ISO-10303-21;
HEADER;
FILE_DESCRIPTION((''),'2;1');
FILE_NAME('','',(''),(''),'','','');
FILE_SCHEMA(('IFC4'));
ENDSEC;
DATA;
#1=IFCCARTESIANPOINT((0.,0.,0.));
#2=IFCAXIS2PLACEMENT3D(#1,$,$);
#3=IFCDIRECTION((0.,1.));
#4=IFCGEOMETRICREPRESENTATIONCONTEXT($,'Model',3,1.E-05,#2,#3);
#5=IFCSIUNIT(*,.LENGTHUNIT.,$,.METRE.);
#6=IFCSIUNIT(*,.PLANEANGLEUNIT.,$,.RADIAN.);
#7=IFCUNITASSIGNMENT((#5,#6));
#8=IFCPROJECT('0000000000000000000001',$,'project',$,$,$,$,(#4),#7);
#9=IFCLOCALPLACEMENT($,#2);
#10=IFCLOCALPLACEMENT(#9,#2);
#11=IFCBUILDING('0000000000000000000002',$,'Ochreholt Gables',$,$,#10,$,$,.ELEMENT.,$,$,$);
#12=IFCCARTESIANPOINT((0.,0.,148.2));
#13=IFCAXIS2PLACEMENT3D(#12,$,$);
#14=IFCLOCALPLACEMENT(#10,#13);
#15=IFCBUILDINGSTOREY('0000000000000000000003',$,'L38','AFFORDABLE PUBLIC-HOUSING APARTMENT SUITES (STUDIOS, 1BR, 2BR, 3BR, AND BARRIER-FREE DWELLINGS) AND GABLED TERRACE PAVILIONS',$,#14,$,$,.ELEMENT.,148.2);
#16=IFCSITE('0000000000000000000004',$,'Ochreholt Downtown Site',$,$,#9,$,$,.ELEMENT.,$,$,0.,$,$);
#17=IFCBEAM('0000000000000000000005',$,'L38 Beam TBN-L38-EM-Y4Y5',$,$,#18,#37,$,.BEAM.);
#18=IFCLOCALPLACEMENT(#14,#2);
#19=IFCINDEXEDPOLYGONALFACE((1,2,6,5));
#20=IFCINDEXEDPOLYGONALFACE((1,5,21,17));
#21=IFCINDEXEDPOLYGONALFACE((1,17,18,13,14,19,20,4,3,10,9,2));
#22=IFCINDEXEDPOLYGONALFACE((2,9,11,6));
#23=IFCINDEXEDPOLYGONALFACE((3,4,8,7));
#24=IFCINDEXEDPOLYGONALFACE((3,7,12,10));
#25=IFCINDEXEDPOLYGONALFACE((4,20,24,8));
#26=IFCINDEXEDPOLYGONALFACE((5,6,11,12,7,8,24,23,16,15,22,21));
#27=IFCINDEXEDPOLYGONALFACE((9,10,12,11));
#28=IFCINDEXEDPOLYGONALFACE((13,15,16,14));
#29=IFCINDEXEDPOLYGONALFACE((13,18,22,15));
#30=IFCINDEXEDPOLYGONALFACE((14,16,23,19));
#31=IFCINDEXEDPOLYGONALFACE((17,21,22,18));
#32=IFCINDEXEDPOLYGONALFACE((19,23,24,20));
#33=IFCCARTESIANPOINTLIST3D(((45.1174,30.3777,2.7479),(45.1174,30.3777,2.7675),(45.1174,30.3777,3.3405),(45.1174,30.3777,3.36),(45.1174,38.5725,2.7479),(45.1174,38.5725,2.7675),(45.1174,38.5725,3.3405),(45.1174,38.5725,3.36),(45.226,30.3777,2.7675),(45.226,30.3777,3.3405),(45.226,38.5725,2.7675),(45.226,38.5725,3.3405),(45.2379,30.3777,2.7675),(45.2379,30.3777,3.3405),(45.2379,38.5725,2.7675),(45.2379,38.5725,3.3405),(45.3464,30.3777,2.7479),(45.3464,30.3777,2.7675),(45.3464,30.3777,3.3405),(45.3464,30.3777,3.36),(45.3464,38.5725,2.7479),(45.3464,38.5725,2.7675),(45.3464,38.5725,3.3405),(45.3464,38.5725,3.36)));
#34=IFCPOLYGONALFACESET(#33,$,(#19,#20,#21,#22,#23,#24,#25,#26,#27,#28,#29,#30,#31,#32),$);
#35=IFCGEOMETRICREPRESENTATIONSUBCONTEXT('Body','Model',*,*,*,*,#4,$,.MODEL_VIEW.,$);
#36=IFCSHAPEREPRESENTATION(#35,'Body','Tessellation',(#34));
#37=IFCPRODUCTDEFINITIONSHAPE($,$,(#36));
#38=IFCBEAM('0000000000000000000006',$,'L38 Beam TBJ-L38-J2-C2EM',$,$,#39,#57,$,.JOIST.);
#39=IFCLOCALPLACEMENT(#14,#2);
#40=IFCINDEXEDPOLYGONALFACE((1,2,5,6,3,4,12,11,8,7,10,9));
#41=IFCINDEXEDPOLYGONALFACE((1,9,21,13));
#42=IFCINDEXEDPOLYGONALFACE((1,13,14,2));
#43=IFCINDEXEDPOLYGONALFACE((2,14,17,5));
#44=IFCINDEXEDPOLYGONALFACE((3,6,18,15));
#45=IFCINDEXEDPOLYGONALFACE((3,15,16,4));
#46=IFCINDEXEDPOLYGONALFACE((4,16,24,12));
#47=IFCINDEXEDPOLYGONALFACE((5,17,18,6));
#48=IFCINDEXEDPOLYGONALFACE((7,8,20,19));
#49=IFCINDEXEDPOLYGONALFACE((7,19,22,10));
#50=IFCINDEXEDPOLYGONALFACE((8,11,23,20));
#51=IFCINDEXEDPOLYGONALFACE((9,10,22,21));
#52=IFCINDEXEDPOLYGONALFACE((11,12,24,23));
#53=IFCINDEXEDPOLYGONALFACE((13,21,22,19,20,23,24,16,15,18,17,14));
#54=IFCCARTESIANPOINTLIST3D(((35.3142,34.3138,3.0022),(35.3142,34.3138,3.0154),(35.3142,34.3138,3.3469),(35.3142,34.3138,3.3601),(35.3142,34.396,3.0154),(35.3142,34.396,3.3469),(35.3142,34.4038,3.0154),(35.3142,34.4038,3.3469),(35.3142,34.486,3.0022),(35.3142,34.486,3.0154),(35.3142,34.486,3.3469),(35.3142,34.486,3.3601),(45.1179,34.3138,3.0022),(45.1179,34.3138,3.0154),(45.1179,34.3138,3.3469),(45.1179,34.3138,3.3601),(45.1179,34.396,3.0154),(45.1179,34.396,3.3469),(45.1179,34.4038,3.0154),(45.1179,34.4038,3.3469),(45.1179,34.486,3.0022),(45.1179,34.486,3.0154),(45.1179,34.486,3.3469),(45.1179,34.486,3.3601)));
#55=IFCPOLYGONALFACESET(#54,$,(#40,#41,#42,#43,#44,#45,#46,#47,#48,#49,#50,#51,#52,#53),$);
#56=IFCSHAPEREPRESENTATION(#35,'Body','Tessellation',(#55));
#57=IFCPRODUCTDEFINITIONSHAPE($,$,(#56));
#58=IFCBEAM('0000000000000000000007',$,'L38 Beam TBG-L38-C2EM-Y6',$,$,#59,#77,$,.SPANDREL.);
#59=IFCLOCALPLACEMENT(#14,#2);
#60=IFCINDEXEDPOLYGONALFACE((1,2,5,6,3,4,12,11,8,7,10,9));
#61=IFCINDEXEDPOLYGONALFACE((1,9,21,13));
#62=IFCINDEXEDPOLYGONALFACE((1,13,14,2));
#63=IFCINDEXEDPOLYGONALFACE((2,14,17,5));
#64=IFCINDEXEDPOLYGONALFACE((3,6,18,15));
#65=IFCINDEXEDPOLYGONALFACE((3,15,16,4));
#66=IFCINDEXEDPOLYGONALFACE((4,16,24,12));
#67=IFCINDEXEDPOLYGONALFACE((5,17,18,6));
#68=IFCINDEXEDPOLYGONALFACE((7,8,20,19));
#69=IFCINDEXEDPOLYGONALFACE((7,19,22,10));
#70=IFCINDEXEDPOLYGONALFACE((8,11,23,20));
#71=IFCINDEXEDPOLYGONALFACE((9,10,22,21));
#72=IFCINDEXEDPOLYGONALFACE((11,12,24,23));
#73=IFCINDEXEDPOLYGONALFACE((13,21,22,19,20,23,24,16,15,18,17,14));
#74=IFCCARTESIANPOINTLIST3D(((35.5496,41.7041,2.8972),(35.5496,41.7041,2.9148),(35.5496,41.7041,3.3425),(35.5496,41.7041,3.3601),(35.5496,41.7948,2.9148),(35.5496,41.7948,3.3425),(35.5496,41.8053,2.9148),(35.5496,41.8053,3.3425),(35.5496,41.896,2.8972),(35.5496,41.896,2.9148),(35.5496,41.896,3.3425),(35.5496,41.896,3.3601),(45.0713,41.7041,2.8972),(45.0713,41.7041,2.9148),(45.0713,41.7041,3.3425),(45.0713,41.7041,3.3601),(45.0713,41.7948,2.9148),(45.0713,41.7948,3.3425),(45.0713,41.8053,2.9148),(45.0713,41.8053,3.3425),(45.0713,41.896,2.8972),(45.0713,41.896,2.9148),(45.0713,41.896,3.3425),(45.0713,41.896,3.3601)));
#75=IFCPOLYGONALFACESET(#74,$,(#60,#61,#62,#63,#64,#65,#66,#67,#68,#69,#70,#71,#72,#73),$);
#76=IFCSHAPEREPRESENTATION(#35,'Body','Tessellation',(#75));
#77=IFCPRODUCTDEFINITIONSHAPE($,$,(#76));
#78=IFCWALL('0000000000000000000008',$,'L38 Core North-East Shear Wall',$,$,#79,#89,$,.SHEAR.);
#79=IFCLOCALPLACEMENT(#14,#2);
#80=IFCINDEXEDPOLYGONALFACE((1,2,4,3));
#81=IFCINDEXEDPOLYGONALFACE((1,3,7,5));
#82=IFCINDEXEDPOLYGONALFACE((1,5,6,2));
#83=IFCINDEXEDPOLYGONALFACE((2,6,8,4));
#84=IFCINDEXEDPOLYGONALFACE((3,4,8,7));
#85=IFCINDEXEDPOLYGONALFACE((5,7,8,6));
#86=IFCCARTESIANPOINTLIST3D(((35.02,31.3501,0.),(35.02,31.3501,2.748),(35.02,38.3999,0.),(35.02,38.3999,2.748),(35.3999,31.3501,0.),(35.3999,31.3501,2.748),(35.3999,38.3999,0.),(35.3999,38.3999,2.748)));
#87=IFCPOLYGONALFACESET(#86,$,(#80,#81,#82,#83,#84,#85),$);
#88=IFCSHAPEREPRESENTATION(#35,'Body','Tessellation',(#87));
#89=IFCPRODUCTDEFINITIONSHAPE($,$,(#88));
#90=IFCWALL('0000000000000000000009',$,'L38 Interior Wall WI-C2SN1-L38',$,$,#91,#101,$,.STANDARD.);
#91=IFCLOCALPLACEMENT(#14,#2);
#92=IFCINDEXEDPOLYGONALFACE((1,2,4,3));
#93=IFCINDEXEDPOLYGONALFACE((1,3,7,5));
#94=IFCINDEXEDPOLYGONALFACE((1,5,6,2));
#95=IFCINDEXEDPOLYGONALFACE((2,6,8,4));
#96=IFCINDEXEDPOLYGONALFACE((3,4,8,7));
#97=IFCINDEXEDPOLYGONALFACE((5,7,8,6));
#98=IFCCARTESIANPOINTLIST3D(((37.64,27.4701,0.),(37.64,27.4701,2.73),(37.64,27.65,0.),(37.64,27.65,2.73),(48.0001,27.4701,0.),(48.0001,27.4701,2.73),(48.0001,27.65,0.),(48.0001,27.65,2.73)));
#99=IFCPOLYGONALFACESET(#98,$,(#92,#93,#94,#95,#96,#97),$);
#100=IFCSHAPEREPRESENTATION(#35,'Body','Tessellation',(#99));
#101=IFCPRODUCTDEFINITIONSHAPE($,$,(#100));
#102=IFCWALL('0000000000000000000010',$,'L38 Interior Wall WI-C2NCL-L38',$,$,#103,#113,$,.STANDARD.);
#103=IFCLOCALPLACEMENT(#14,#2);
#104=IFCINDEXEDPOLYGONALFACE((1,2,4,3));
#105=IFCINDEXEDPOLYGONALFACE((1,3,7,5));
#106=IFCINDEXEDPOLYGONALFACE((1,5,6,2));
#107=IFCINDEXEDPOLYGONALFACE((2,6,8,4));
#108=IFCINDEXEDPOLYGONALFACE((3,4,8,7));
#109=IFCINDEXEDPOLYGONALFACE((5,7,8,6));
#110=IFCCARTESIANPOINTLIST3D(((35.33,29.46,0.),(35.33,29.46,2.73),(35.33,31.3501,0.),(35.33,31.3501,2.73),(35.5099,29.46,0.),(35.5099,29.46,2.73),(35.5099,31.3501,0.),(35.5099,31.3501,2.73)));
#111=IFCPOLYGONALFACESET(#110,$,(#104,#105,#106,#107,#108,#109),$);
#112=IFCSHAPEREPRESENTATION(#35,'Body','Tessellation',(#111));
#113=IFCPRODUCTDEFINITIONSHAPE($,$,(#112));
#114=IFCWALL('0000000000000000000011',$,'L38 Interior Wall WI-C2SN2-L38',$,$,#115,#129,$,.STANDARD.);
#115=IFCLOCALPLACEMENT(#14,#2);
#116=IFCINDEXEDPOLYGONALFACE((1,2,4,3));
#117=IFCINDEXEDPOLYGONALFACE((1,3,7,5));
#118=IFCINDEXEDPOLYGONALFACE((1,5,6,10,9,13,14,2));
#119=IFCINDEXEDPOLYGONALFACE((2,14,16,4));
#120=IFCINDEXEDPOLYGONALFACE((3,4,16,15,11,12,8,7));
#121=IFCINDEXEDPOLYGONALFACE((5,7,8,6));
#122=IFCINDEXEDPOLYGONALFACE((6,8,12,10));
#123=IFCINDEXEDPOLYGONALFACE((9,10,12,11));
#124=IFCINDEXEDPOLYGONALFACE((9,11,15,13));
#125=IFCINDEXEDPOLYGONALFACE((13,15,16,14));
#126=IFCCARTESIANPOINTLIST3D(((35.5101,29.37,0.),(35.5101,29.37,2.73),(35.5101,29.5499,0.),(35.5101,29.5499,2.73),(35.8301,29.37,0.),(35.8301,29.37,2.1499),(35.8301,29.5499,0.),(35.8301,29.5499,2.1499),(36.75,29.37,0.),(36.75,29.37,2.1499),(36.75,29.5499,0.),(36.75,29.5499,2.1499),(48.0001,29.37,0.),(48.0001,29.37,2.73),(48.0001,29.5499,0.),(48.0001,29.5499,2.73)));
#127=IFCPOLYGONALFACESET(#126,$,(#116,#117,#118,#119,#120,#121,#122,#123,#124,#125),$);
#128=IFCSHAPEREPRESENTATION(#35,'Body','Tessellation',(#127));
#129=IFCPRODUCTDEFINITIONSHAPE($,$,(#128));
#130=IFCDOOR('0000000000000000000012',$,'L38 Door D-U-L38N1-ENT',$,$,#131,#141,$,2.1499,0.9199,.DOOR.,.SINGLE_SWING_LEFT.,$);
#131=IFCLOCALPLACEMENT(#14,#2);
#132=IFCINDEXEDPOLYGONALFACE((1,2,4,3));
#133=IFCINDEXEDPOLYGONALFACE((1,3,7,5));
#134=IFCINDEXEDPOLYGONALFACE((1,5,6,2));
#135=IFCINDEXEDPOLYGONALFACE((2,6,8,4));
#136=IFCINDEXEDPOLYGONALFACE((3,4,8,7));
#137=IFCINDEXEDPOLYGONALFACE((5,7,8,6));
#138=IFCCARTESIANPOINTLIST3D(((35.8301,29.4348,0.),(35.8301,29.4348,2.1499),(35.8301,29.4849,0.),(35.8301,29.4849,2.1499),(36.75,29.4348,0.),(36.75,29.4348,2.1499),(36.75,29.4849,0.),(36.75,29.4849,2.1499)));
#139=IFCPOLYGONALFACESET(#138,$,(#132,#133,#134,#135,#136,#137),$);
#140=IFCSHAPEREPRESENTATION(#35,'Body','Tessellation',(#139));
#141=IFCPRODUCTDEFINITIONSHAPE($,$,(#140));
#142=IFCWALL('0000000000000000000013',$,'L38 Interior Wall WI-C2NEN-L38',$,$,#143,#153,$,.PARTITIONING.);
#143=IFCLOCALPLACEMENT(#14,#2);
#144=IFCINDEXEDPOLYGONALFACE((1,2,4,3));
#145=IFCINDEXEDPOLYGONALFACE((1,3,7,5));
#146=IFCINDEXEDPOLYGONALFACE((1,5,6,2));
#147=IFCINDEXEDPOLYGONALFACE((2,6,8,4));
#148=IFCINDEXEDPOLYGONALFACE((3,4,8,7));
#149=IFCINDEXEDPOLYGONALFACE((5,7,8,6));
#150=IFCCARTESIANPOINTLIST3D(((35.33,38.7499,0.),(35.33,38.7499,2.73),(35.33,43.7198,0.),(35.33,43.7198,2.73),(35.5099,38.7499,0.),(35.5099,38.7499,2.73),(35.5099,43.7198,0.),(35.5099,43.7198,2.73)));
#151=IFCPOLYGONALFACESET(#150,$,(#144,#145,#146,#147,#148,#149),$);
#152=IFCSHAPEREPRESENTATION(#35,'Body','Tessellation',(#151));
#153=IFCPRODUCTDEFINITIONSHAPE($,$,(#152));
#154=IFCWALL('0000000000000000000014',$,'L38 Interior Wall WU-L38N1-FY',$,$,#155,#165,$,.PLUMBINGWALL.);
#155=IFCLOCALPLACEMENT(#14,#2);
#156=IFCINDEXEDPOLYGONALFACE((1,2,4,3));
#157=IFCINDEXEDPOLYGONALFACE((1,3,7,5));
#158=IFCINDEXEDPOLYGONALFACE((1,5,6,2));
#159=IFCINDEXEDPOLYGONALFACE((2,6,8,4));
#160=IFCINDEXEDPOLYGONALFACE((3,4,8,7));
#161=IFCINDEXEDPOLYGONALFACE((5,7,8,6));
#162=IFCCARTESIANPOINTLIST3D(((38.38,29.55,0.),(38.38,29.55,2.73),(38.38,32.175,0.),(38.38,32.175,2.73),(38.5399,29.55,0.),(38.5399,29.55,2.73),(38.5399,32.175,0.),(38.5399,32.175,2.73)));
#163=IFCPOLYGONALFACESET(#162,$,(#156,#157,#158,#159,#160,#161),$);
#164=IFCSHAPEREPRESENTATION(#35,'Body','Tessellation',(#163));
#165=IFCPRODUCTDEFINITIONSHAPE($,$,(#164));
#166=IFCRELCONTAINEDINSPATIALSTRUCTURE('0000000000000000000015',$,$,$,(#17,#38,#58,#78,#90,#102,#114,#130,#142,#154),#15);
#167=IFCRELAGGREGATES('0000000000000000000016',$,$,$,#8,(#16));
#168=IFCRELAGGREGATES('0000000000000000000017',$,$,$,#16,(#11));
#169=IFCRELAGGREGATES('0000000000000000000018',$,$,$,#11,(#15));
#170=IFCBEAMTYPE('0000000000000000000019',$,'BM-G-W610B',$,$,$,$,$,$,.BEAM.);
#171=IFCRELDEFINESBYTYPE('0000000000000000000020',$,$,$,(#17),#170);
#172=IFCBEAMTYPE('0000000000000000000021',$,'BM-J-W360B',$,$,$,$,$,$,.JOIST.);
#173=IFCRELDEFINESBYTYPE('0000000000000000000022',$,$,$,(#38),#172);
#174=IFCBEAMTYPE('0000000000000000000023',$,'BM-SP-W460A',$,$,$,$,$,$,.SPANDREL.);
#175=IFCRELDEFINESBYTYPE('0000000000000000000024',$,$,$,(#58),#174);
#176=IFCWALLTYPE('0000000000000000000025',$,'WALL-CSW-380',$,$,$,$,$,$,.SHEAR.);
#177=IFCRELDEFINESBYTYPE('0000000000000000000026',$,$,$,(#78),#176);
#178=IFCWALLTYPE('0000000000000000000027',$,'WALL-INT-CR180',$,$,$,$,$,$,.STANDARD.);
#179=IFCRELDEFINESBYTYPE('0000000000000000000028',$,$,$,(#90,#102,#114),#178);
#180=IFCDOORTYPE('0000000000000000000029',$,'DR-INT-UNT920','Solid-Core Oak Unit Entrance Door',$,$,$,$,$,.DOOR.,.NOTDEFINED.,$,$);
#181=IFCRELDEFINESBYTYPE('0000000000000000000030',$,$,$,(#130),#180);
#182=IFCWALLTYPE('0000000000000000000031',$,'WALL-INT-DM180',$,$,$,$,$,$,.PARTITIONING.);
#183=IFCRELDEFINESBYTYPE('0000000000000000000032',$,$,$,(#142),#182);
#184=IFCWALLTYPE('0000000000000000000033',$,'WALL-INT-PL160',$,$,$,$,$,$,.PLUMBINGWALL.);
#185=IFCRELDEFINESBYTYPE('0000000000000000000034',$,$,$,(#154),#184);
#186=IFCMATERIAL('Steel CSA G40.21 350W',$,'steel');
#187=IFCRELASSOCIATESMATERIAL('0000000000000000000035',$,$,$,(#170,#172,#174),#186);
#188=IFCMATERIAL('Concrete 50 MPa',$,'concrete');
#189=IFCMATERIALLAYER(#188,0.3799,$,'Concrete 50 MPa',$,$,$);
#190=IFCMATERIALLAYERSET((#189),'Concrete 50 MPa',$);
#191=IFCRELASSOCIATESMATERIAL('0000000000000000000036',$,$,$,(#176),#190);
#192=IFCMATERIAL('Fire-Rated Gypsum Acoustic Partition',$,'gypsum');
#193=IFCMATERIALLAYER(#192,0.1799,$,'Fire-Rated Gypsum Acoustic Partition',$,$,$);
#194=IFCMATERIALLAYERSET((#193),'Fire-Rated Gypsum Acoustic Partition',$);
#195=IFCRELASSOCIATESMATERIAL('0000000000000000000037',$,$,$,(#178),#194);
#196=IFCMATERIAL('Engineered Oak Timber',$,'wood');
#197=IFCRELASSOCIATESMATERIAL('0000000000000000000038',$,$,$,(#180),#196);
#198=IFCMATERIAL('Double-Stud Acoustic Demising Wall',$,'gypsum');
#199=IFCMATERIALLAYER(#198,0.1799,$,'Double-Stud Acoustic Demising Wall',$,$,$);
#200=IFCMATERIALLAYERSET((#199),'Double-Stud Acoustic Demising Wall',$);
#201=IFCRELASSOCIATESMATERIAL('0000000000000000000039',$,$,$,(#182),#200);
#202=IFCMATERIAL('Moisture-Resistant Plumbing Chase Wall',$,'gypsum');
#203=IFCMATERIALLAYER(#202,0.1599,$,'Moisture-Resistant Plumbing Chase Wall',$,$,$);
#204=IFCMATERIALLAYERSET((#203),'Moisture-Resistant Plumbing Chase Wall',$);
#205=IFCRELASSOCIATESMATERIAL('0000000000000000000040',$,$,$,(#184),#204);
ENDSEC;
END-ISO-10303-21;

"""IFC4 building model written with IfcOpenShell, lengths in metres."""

from ifc_helpers import new_model, si_unit, direction, frame, frame_2d, origin, origin_2d, place, context, subcontext, project, spatial, rectangle, i_section, extrude, material, layer, layer_set, material_profile, profile_set, type_object, element, fill, save


model = new_model("IFC4")

# Units and contexts
model_context = context("Model", 3, precision=1e-05, world=origin(), true_north=direction((0.0, 1.0)))
body_context = subcontext(model_context, "Body", "Model", "MODEL_VIEW")
ifc_project = project(units=[si_unit("LENGTHUNIT", "METRE"), si_unit("PLANEANGLEUNIT", "RADIAN")], contexts=[model_context])

# Site, building, storey
site_placement = place(None, origin())
site = spatial("IfcSite", under=ifc_project, at=site_placement, Name="Ochreholt Downtown Site", CompositionType="ELEMENT", RefElevation=0.0)
building_placement = place(site_placement, origin())
building = spatial("IfcBuilding", under=site, at=building_placement, Name="Ochreholt Gables", CompositionType="ELEMENT")
storey_placement = place(building_placement, frame((0.0, 0.0, 148.2)))
storey = spatial("IfcBuildingStorey", under=building, at=storey_placement, Name="L38", Description="AFFORDABLE PUBLIC-HOUSING APARTMENT SUITES (STUDIOS, 1BR, 2BR, 3BR, AND BARRIER-FREE DWELLINGS) AND GABLED TERRACE PAVILIONS", CompositionType="ELEMENT", Elevation=148.2)

# Shared definitions
ifc_material_1 = material(Name="Steel CSA G40.21 350W", Category="steel")
ifc_material_2 = material(Name="Concrete 50 MPa", Category="concrete")

# Beams
ifc_material_profile_1 = material_profile(ifc_material_1, i_section(OverallWidth=0.229, OverallDepth=0.6121, WebThickness=0.012, FlangeThickness=0.0195, at=origin_2d()), Name="W610X125")
ifc_profile_set_1 = profile_set([ifc_material_profile_1], Name="Steel CSA G40.21 350W")
beam_type_1 = type_object("IfcBeamType", Name="BM-G-W610B", PredefinedType="BEAM", material=ifc_profile_set_1)
beam_1_placement = place(storey_placement, frame((45.2319, 30.3777, 3.054), z_axis=(0.0, 1.0, 0.0), x_axis=(-1.0, 0.0, 0.0)))
element("IfcBeam", 1, at=beam_1_placement, inside=storey, type_object=beam_type_1, Name="L38 Beam TBN-L38-EM-Y4Y5", PredefinedType="BEAM", context=body_context, shape_type="SweptSolid", body=[
    extrude(i_section(OverallWidth=0.229, OverallDepth=0.6121, WebThickness=0.012, FlangeThickness=0.0195, at=origin_2d()), origin(), (0.0, 0.0, 1.0), 8.1948),
])
ifc_material_profile_2 = material_profile(ifc_material_1, i_section(OverallWidth=0.1721, OverallDepth=0.3579, WebThickness=0.0078, FlangeThickness=0.0132, at=origin_2d()), Name="W360X57")
ifc_profile_set_2 = profile_set([ifc_material_profile_2], Name="Steel CSA G40.21 350W")
beam_type_2 = type_object("IfcBeamType", Name="BM-J-W360B", PredefinedType="JOIST", material=ifc_profile_set_2)
beam_2_placement = place(storey_placement, frame((35.3142, 34.3999, 3.1812), z_axis=(1.0, 0.0, 0.0), x_axis=(0.0, 1.0, 0.0)))
element("IfcBeam", 2, at=beam_2_placement, inside=storey, type_object=beam_type_2, Name="L38 Beam TBJ-L38-J2-C2EM", PredefinedType="JOIST", context=body_context, shape_type="SweptSolid", body=[
    extrude(i_section(OverallWidth=0.1721, OverallDepth=0.3579, WebThickness=0.0078, FlangeThickness=0.0132, at=origin_2d()), origin(), (0.0, 0.0, 1.0), 9.8037),
])
ifc_material_profile_3 = material_profile(ifc_material_1, i_section(OverallWidth=0.1919, OverallDepth=0.4629, WebThickness=0.0105, FlangeThickness=0.0176, at=origin_2d()), Name="W460X89")
ifc_profile_set_3 = profile_set([ifc_material_profile_3], Name="Steel CSA G40.21 350W")
beam_type_3 = type_object("IfcBeamType", Name="BM-SP-W460A", PredefinedType="SPANDREL", material=ifc_profile_set_3)
beam_3_placement = place(storey_placement, frame((35.5496, 41.8, 3.1287), z_axis=(1.0, 0.0, 0.0), x_axis=(0.0, 1.0, 0.0)))
element("IfcBeam", 3, at=beam_3_placement, inside=storey, type_object=beam_type_3, Name="L38 Beam TBG-L38-C2EM-Y6", PredefinedType="SPANDREL", context=body_context, shape_type="SweptSolid", body=[
    extrude(i_section(OverallWidth=0.1919, OverallDepth=0.4629, WebThickness=0.0105, FlangeThickness=0.0176, at=origin_2d()), origin(), (0.0, 0.0, 1.0), 9.5217),
])

# Walls
ifc_layer_1 = layer(ifc_material_2, 0.3799, Name="Concrete 50 MPa")
ifc_layer_set_1 = layer_set([ifc_layer_1], Name="Concrete 50 MPa")
wall_type_1 = type_object("IfcWallType", Name="WALL-CSW-380", PredefinedType="SHEAR", material=ifc_layer_set_1)
wall_1_placement = place(storey_placement, frame((35.21, 31.3501, 0.0), z_axis=(0.0, 0.0, 1.0), x_axis=(0.0, 1.0, 0.0)))
element("IfcWall", 4, at=wall_1_placement, inside=storey, type_object=wall_type_1, Name="L38 Core North-East Shear Wall", PredefinedType="SHEAR", context=body_context, shape_type="SweptSolid", body=[
    extrude(rectangle(XDim=7.0498, YDim=0.3799, at=frame_2d((3.5249, 0.0))), origin(), (0.0, 0.0, 1.0), 2.748),
])
ifc_material_3 = material(Name="Fire-Rated Gypsum Acoustic Partition", Category="gypsum")
ifc_layer_2 = layer(ifc_material_3, 0.1799, Name="Fire-Rated Gypsum Acoustic Partition")
ifc_layer_set_2 = layer_set([ifc_layer_2], Name="Fire-Rated Gypsum Acoustic Partition")
wall_type_2 = type_object("IfcWallType", Name="WALL-INT-CR180", PredefinedType="STANDARD", material=ifc_layer_set_2)
wall_2_placement = place(storey_placement, frame((37.6399, 27.5601, 0.0), z_axis=(0.0, 0.0, 1.0), x_axis=(1.0, 0.0, 0.0)))
element("IfcWall", 5, at=wall_2_placement, inside=storey, type_object=wall_type_2, Name="L38 Interior Wall WI-C2SN1-L38", PredefinedType="STANDARD", context=body_context, shape_type="SweptSolid", body=[
    extrude(rectangle(XDim=10.3601, YDim=0.1799, at=frame_2d((5.1802, 0.0))), origin(), (0.0, 0.0, 1.0), 2.73),
])
wall_3_placement = place(storey_placement, frame((35.4199, 29.46, 0.0), z_axis=(0.0, 0.0, 1.0), x_axis=(0.0, 1.0, 0.0)))
element("IfcWall", 6, at=wall_3_placement, inside=storey, type_object=wall_type_2, Name="L38 Interior Wall WI-C2NCL-L38", PredefinedType="STANDARD", context=body_context, shape_type="SweptSolid", body=[
    extrude(rectangle(XDim=1.8901, YDim=0.1799, at=frame_2d((0.9451, 0.0))), origin(), (0.0, 0.0, 1.0), 2.73),
])

# Wall, opening, door
wall_4_placement = place(storey_placement, frame((35.51, 29.46, 0.0), z_axis=(0.0, 0.0, 1.0), x_axis=(1.0, 0.0, 0.0)))
wall_4 = element("IfcWall", 7, at=wall_4_placement, inside=storey, type_object=wall_type_2, Name="L38 Interior Wall WI-C2SN2-L38", PredefinedType="STANDARD", context=body_context, shape_type="SweptSolid", body=[
    extrude(rectangle(XDim=12.49, YDim=0.1799, at=frame_2d((6.2451, 0.0))), origin(), (0.0, 0.0, 1.0), 2.73),
])
opening_1_placement = place(wall_4_placement, frame((0.3201, 0.0, 0.0)))
opening_1 = element("IfcOpeningElement", 8, at=opening_1_placement, cuts=wall_4, PredefinedType="OPENING", context=body_context, shape_type="SweptSolid", body=[
    extrude(rectangle(XDim=0.9199, YDim=2.1499, at=frame_2d((0.46, 1.075))), frame((0.0, 0.0999, 0.0), z_axis=(0.0, -1.0, 0.0), x_axis=(1.0, 0.0, 0.0)), (0.0, 0.0, 1.0), 0.2),
])
ifc_material_4 = material(Name="Engineered Oak Timber", Category="wood")
door_type_1 = type_object("IfcDoorType", Name="DR-INT-UNT920", Description="Solid-Core Oak Unit Entrance Door", OperationType="NOTDEFINED", PredefinedType="DOOR", material=ifc_material_4)
door_1_placement = place(opening_1_placement, origin())
door_1 = element("IfcDoor", 9, at=door_1_placement, inside=storey, type_object=door_type_1, Name="L38 Door D-U-L38N1-ENT", OperationType="SINGLE_SWING_LEFT", OverallHeight=2.1499, OverallWidth=0.9199, PredefinedType="DOOR", context=body_context, shape_type="SweptSolid", body=[
    extrude(rectangle(XDim=0.9199, YDim=2.1499, at=frame_2d((0.46, 1.075))), frame((0.0, 0.0249, 0.0), z_axis=(0.0, -1.0, 0.0), x_axis=(1.0, 0.0, 0.0)), (0.0, 0.0, 1.0), 0.05),
])
fill(opening_1, door_1)

# Wall
ifc_material_5 = material(Name="Double-Stud Acoustic Demising Wall", Category="gypsum")
ifc_layer_3 = layer(ifc_material_5, 0.1799, Name="Double-Stud Acoustic Demising Wall")
ifc_layer_set_3 = layer_set([ifc_layer_3], Name="Double-Stud Acoustic Demising Wall")
wall_type_3 = type_object("IfcWallType", Name="WALL-INT-DM180", PredefinedType="PARTITIONING", material=ifc_layer_set_3)
wall_5_placement = place(storey_placement, frame((35.4199, 38.75, 0.0), z_axis=(0.0, 0.0, 1.0), x_axis=(0.0, 1.0, 0.0)))
element("IfcWall", 10, at=wall_5_placement, inside=storey, type_object=wall_type_3, Name="L38 Interior Wall WI-C2NEN-L38", PredefinedType="PARTITIONING", context=body_context, shape_type="SweptSolid", body=[
    extrude(rectangle(XDim=4.97, YDim=0.1799, at=frame_2d((2.4849, 0.0))), origin(), (0.0, 0.0, 1.0), 2.73),
])

# Shared definitions
ifc_material_6 = material(Name="Moisture-Resistant Plumbing Chase Wall", Category="gypsum")
ifc_layer_4 = layer(ifc_material_6, 0.1599, Name="Moisture-Resistant Plumbing Chase Wall")
ifc_layer_set_4 = layer_set([ifc_layer_4], Name="Moisture-Resistant Plumbing Chase Wall")
wall_type_4 = type_object("IfcWallType", Name="WALL-INT-PL160", PredefinedType="PLUMBINGWALL", material=ifc_layer_set_4)

# Wall
wall_6_placement = place(storey_placement, frame((38.46, 29.55, 0.0), z_axis=(0.0, 0.0, 1.0), x_axis=(0.0, 1.0, 0.0)))
element("IfcWall", 11, at=wall_6_placement, inside=storey, type_object=wall_type_4, Name="L38 Interior Wall WU-L38N1-FY", PredefinedType="PLUMBINGWALL", context=body_context, shape_type="SweptSolid", body=[
    extrude(rectangle(XDim=2.625, YDim=0.1599, at=frame_2d((1.3125, 0.0))), origin(), (0.0, 0.0, 1.0), 2.73),
])

save(model, "model.ifc")
